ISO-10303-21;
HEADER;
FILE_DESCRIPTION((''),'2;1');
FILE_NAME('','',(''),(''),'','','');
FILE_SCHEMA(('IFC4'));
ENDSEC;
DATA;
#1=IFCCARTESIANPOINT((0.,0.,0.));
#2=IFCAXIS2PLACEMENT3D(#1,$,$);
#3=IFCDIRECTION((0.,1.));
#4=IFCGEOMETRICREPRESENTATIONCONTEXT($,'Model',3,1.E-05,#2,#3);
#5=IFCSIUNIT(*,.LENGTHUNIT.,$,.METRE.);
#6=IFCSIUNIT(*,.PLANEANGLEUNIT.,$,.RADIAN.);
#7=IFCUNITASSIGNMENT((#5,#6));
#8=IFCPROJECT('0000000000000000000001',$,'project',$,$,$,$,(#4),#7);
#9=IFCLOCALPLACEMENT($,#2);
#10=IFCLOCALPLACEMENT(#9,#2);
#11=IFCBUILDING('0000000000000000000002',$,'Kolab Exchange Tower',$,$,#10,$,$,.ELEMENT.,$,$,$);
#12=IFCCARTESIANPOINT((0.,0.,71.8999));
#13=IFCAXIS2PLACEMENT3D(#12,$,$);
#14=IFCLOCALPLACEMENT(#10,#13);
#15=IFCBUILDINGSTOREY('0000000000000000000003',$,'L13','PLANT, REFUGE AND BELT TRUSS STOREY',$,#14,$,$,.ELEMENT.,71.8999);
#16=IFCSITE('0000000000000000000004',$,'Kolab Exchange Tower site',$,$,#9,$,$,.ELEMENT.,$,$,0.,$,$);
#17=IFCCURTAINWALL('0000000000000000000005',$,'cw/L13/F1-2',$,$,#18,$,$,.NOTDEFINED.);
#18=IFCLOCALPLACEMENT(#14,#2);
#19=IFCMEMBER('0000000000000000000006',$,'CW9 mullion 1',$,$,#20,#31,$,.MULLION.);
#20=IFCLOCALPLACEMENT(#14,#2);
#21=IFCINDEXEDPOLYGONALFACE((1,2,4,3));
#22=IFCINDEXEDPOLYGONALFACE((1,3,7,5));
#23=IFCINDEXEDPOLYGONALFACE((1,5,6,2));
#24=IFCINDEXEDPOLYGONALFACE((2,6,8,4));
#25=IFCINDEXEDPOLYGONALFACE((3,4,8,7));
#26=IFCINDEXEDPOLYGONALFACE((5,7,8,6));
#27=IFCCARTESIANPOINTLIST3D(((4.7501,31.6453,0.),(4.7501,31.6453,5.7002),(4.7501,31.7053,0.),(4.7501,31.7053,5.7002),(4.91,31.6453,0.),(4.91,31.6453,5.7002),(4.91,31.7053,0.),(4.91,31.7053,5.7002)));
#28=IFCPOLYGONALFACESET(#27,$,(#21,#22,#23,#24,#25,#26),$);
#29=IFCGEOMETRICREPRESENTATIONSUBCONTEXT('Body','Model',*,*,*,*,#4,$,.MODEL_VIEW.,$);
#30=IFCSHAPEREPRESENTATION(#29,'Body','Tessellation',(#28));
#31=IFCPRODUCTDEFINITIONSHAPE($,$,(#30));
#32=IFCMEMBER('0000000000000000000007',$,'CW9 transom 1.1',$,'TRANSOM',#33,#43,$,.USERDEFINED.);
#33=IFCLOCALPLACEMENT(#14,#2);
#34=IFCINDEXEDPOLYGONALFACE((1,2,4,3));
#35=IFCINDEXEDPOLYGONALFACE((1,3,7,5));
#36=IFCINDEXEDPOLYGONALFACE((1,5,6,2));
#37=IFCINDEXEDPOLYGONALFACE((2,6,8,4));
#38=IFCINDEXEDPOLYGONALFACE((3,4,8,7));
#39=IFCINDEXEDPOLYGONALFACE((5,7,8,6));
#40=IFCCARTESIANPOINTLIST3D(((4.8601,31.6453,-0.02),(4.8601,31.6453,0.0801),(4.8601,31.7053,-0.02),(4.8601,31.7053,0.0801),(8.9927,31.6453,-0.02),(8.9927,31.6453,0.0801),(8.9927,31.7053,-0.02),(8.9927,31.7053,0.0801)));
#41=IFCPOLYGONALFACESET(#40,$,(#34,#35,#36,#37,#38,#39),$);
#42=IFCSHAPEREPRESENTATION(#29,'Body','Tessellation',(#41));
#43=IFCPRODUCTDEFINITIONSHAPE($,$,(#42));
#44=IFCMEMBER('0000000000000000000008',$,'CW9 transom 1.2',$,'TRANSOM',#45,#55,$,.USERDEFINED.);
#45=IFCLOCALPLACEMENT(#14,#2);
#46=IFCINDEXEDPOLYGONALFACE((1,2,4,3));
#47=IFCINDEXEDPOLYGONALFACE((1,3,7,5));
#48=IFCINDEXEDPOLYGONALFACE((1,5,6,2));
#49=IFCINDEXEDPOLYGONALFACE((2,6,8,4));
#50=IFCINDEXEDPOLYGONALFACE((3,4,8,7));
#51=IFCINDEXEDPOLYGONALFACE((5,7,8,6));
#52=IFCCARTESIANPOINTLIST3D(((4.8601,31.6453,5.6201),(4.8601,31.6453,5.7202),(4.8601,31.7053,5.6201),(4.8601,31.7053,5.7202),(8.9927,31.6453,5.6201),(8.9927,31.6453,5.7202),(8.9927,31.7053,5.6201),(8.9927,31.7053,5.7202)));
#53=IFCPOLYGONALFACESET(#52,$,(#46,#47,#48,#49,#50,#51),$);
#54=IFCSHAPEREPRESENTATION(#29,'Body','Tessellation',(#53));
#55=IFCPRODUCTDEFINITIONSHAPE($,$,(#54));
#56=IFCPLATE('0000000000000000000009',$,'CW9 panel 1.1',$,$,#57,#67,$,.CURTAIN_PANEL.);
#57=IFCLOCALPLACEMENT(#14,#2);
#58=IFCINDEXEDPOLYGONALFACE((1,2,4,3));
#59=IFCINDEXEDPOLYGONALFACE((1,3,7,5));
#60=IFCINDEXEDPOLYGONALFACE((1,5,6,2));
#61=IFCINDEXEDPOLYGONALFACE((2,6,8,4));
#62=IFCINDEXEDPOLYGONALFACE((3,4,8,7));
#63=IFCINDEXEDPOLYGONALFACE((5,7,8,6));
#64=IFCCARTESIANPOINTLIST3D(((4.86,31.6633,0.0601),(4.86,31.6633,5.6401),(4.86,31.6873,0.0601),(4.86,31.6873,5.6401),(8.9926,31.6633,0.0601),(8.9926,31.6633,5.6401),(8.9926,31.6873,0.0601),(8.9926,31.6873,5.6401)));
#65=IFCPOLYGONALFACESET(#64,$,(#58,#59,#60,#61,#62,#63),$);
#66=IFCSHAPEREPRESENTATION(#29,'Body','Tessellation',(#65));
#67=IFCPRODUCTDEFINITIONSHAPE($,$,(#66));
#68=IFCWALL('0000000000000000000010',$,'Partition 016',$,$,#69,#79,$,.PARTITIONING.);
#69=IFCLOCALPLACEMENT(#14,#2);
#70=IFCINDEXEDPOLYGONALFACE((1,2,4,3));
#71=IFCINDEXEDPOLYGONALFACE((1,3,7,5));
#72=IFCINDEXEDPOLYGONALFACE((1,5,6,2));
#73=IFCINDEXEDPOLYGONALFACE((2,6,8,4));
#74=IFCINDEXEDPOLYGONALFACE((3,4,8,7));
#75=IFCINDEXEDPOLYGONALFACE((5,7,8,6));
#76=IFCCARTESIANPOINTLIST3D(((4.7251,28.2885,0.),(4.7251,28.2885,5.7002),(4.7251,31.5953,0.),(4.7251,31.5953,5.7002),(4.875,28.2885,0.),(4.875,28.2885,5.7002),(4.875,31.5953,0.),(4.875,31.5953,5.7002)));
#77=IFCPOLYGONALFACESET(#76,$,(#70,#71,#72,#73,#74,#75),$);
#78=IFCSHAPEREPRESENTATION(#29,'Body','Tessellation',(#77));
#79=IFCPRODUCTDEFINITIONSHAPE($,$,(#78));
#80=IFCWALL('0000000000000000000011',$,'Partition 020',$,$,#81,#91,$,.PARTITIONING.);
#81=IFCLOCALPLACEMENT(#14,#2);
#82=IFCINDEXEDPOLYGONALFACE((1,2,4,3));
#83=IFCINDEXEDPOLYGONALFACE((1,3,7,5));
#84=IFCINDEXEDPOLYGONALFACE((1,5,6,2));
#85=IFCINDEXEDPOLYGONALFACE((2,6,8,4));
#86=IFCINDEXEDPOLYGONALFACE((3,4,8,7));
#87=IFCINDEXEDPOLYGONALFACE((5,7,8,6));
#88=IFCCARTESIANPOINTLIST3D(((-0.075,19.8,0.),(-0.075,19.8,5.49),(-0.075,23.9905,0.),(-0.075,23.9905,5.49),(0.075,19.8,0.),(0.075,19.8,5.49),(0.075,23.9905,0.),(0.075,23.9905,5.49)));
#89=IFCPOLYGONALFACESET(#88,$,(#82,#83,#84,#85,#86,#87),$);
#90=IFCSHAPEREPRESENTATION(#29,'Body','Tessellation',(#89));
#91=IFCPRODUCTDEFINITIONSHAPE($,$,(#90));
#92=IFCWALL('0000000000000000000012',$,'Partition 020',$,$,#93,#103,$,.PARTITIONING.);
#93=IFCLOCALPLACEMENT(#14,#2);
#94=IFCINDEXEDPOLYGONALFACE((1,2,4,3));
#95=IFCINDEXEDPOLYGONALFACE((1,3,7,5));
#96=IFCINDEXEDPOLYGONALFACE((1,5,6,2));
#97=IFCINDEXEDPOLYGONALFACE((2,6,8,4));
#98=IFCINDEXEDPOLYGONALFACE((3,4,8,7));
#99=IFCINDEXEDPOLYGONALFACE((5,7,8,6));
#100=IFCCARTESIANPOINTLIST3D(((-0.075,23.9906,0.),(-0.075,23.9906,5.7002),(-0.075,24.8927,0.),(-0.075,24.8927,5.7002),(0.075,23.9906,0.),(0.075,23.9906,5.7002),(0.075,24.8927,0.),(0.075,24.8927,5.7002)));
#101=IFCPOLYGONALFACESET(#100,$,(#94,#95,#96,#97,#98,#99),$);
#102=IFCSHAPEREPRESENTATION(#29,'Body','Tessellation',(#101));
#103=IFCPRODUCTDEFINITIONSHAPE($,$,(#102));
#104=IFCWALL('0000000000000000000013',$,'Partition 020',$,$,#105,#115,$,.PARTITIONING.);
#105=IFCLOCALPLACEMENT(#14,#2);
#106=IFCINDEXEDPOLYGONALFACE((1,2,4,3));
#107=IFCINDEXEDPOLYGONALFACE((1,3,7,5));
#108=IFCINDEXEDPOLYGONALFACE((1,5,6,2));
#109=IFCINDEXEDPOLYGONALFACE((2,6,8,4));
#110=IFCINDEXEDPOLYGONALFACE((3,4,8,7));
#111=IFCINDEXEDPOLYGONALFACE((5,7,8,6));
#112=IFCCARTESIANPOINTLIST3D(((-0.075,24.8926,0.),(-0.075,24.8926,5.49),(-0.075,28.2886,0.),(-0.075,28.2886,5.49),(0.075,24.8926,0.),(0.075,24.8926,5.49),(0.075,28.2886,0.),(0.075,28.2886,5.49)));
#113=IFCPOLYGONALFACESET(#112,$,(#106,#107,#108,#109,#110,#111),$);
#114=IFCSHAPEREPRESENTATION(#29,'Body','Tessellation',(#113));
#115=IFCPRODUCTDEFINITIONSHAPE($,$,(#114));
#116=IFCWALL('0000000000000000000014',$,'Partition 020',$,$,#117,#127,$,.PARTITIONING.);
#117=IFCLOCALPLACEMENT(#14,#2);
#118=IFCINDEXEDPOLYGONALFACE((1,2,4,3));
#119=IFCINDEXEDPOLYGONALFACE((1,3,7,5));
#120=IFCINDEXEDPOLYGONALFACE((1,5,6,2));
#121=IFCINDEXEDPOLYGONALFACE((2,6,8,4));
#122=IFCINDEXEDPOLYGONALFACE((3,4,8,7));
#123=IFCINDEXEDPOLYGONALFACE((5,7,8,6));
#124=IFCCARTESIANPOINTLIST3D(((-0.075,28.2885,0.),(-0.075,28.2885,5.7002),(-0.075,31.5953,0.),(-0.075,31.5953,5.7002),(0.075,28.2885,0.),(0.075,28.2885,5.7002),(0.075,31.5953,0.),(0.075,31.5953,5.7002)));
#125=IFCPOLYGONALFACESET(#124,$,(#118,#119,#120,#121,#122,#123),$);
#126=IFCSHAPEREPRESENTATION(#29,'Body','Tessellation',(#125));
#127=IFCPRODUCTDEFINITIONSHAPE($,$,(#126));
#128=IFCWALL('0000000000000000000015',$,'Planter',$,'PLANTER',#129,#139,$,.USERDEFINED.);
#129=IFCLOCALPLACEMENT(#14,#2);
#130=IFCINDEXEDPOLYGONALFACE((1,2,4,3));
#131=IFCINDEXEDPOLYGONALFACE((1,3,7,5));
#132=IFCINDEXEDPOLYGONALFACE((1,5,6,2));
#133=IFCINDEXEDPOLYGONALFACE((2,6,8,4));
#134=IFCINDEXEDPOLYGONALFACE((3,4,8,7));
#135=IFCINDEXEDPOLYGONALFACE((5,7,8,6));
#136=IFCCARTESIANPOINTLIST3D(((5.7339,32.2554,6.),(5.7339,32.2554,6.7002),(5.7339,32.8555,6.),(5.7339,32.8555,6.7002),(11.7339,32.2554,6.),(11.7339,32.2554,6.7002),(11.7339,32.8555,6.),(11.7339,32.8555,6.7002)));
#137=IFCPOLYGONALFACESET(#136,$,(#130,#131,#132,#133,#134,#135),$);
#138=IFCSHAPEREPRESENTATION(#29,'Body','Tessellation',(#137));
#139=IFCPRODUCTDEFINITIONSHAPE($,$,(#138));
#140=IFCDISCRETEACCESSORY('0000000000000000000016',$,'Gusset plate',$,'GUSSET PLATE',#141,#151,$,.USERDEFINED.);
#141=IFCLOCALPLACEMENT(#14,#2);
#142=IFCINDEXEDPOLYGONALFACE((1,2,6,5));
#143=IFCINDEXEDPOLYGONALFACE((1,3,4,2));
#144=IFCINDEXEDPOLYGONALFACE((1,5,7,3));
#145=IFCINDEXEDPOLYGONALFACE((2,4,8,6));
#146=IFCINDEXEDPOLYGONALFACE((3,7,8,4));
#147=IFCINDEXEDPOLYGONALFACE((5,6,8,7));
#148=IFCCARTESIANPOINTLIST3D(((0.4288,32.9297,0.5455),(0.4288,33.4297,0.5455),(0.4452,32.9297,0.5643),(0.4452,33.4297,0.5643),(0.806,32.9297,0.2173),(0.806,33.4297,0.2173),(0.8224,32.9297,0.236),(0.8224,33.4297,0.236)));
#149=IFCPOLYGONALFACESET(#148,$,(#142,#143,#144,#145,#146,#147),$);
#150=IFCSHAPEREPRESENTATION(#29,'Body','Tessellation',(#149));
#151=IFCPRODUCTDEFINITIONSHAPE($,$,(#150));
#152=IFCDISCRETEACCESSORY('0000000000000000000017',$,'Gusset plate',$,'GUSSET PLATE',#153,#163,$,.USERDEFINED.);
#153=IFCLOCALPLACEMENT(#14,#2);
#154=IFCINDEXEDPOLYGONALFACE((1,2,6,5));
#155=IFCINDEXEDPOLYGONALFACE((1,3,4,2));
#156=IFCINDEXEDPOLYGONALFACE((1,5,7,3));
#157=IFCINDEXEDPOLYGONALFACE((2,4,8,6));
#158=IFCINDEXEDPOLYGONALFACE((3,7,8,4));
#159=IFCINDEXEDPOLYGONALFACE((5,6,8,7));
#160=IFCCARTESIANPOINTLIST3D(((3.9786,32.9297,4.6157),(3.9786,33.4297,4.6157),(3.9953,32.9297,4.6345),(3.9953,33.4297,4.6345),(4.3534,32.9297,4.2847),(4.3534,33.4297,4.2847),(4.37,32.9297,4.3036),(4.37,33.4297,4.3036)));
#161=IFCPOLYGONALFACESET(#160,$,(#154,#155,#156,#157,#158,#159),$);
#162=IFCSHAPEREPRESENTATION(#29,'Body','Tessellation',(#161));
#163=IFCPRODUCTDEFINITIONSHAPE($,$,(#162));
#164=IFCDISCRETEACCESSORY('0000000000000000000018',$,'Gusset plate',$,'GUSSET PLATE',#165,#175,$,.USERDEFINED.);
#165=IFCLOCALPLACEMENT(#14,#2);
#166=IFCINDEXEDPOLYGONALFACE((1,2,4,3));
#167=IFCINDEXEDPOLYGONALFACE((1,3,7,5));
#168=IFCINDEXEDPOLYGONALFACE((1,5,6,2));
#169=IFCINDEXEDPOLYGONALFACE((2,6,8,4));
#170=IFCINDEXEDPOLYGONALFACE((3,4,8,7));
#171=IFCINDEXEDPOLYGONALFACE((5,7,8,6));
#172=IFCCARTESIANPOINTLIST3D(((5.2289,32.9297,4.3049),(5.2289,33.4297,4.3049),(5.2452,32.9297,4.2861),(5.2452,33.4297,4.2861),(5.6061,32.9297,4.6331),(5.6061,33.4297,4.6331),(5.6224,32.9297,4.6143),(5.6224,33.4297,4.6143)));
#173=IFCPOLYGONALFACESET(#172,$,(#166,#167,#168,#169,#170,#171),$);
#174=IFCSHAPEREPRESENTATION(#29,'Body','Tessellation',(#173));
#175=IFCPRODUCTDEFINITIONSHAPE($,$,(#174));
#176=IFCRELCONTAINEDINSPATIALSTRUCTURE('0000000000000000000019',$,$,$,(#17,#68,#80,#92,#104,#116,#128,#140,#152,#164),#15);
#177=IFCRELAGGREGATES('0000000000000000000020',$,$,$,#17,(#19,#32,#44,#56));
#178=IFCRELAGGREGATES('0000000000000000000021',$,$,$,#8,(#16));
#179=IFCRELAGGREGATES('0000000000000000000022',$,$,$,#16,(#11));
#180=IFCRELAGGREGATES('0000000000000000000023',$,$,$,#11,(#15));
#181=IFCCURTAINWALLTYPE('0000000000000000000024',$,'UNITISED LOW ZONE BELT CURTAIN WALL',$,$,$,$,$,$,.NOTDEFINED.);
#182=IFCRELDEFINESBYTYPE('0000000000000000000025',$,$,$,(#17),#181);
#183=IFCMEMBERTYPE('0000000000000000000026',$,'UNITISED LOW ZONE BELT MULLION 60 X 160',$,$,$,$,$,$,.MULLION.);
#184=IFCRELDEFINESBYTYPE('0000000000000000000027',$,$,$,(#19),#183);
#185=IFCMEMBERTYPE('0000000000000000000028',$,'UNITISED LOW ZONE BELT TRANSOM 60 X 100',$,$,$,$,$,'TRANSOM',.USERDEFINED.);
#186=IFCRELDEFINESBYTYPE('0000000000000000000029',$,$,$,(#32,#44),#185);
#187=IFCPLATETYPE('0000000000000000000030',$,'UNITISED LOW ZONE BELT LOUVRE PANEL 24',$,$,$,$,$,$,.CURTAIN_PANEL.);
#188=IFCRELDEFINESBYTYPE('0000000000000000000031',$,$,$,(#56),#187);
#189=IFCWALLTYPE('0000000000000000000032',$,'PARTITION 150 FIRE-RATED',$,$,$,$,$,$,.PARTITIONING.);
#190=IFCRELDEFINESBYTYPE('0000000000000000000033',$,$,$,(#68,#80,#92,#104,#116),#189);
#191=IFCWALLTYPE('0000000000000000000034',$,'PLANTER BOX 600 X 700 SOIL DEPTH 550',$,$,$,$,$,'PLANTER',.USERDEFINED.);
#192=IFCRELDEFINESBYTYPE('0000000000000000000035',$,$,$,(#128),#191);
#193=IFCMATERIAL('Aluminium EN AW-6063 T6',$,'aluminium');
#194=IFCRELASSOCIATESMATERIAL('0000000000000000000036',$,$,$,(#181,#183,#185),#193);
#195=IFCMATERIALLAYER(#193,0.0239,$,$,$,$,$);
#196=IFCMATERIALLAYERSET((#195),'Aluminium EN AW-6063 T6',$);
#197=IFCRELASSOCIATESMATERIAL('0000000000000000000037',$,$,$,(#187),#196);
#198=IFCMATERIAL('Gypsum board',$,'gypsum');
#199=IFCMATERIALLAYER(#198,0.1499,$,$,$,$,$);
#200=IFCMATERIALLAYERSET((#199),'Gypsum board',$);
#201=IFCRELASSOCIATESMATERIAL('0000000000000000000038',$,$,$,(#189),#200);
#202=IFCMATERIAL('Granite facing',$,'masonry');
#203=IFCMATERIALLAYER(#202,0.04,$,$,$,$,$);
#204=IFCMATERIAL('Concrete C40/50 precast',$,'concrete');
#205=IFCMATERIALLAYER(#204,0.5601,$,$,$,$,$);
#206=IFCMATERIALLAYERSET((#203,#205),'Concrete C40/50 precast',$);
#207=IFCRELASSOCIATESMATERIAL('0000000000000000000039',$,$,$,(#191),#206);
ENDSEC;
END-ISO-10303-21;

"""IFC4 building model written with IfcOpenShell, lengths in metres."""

from ifc_helpers import new_model, si_unit, direction, frame, frame_2d, origin, origin_2d, place, context, subcontext, project, spatial, rectangle, extrude, material, layer, layer_set, material_profile, profile_set, type_object, element, aggregate, save


model = new_model("IFC4")

# Units and contexts
model_context = context("Model", 3, precision=1e-05, world=origin(), true_north=direction((0.0, 1.0)))
body_context = subcontext(model_context, "Body", "Model", "MODEL_VIEW")
ifc_project = project(units=[si_unit("LENGTHUNIT", "METRE"), si_unit("PLANEANGLEUNIT", "RADIAN")], contexts=[model_context])

# Site, building, storey
site_placement = place(None, origin())
site = spatial("IfcSite", under=ifc_project, at=site_placement, Name="Kolab Exchange Tower site", CompositionType="ELEMENT", RefElevation=0.0)
building_placement = place(site_placement, origin())
building = spatial("IfcBuilding", under=site, at=building_placement, Name="Kolab Exchange Tower", CompositionType="ELEMENT")
storey_placement = place(building_placement, frame((0.0, 0.0, 71.8999)))
storey = spatial("IfcBuildingStorey", under=building, at=storey_placement, Name="L13", Description="PLANT, REFUGE AND BELT TRUSS STOREY", CompositionType="ELEMENT", Elevation=71.8999)

# Curtain wall, members, plate
ifc_material_1 = material(Name="Aluminium EN AW-6063 T6", Category="aluminium")
curtain_wall_type = type_object("IfcCurtainWallType", Name="UNITISED LOW ZONE BELT CURTAIN WALL", PredefinedType="NOTDEFINED", material=ifc_material_1)
curtain_wall_placement = place(storey_placement, origin())
curtain_wall = element("IfcCurtainWall", 1, at=curtain_wall_placement, inside=storey, type_object=curtain_wall_type, Name="cw/L13/F1-2", PredefinedType="NOTDEFINED")
ifc_material_profile_1 = material_profile(ifc_material_1, rectangle(XDim=0.0601, YDim=0.1599, at=origin_2d()), Name="RECT 60X160")
ifc_profile_set_1 = profile_set([ifc_material_profile_1], Name="Aluminium EN AW-6063 T6")
member_type_1 = type_object("IfcMemberType", Name="UNITISED LOW ZONE BELT MULLION 60 X 160", PredefinedType="MULLION", material=ifc_profile_set_1)
member_1_placement = place(storey_placement, frame((4.8301, 31.6753, 0.0), z_axis=(0.0, 0.0, 1.0), x_axis=(0.0, 1.0, 0.0)))
member_1 = element("IfcMember", 2, at=member_1_placement, type_object=member_type_1, Name="CW9 mullion 1", PredefinedType="MULLION", context=body_context, shape_type="SweptSolid", body=[
    extrude(rectangle(XDim=0.0601, YDim=0.1599, at=origin_2d()), origin(), (0.0, 0.0, 1.0), 5.7002),
])
ifc_material_profile_2 = material_profile(ifc_material_1, rectangle(XDim=0.0601, YDim=0.1001, at=origin_2d()), Name="RECT 60X100")
ifc_profile_set_2 = profile_set([ifc_material_profile_2], Name="Aluminium EN AW-6063 T6")
member_type_2 = type_object("IfcMemberType", Name="UNITISED LOW ZONE BELT TRANSOM 60 X 100", ElementType="TRANSOM", PredefinedType="USERDEFINED", material=ifc_profile_set_2)
member_2_placement = place(storey_placement, frame((4.8601, 31.6753, 0.03), z_axis=(1.0, 0.0, 0.0), x_axis=(0.0, 1.0, 0.0)))
member_2 = element("IfcMember", 3, at=member_2_placement, type_object=member_type_2, Name="CW9 transom 1.1", ObjectType="TRANSOM", PredefinedType="USERDEFINED", context=body_context, shape_type="SweptSolid", body=[
    extrude(rectangle(XDim=0.0601, YDim=0.1001, at=origin_2d()), origin(), (0.0, 0.0, 1.0), 4.1326),
])
member_3_placement = place(storey_placement, frame((4.8601, 31.6753, 5.6702), z_axis=(1.0, 0.0, 0.0), x_axis=(0.0, 1.0, 0.0)))
member_3 = element("IfcMember", 4, at=member_3_placement, type_object=member_type_2, Name="CW9 transom 1.2", ObjectType="TRANSOM", PredefinedType="USERDEFINED", context=body_context, shape_type="SweptSolid", body=[
    extrude(rectangle(XDim=0.0601, YDim=0.1001, at=origin_2d()), origin(), (0.0, 0.0, 1.0), 4.1326),
])
ifc_layer_1 = layer(ifc_material_1, 0.0239)
ifc_layer_set_1 = layer_set([ifc_layer_1], Name="Aluminium EN AW-6063 T6")
plate_type = type_object("IfcPlateType", Name="UNITISED LOW ZONE BELT LOUVRE PANEL 24", PredefinedType="CURTAIN_PANEL", material=ifc_layer_set_1)
plate_placement = place(storey_placement, frame((6.9263, 31.6753, 0.0601), z_axis=(0.0, 0.0, 1.0), x_axis=(1.0, 0.0, 0.0)))
plate = element("IfcPlate", 5, at=plate_placement, type_object=plate_type, Name="CW9 panel 1.1", PredefinedType="CURTAIN_PANEL", context=body_context, shape_type="SweptSolid", body=[
    extrude(rectangle(XDim=4.1326, YDim=0.0239, at=origin_2d()), origin(), (0.0, 0.0, 1.0), 5.5801),
])
aggregate(curtain_wall, [member_1, member_2, member_3, plate])

# Walls
ifc_material_2 = material(Name="Gypsum board", Category="gypsum")
ifc_layer_2 = layer(ifc_material_2, 0.1499)
ifc_layer_set_2 = layer_set([ifc_layer_2], Name="Gypsum board")
wall_type_1 = type_object("IfcWallType", Name="PARTITION 150 FIRE-RATED", PredefinedType="PARTITIONING", material=ifc_layer_set_2)
wall_1_placement = place(storey_placement, frame((4.8, 28.2886, 0.0), z_axis=(0.0, 0.0, 1.0), x_axis=(0.0, 1.0, 0.0)))
element("IfcWall", 6, at=wall_1_placement, inside=storey, type_object=wall_type_1, Name="Partition 016", PredefinedType="PARTITIONING", context=body_context, shape_type="SweptSolid", body=[
    extrude(rectangle(XDim=3.3069, YDim=0.1499, at=frame_2d((1.6533, 0.0))), origin(), (0.0, 0.0, 1.0), 5.7002),
])
wall_2_placement = place(storey_placement, frame((0.0, 19.8, 0.0), z_axis=(0.0, 0.0, 1.0), x_axis=(0.0, 1.0, 0.0)))
element("IfcWall", 7, at=wall_2_placement, inside=storey, type_object=wall_type_1, Name="Partition 020", PredefinedType="PARTITIONING", context=body_context, shape_type="SweptSolid", body=[
    extrude(rectangle(XDim=4.1904, YDim=0.1499, at=frame_2d((2.0952, 0.0))), origin(), (0.0, 0.0, 1.0), 5.49),
])
wall_3_placement = place(storey_placement, frame((0.0, 23.9905, 0.0), z_axis=(0.0, 0.0, 1.0), x_axis=(0.0, 1.0, 0.0)))
element("IfcWall", 8, at=wall_3_placement, inside=storey, type_object=wall_type_1, Name="Partition 020", PredefinedType="PARTITIONING", context=body_context, shape_type="SweptSolid", body=[
    extrude(rectangle(XDim=0.9021, YDim=0.1499, at=frame_2d((0.4512, 0.0))), origin(), (0.0, 0.0, 1.0), 5.7002),
])
wall_4_placement = place(storey_placement, frame((0.0, 24.8926, 0.0), z_axis=(0.0, 0.0, 1.0), x_axis=(0.0, 1.0, 0.0)))
element("IfcWall", 9, at=wall_4_placement, inside=storey, type_object=wall_type_1, Name="Partition 020", PredefinedType="PARTITIONING", context=body_context, shape_type="SweptSolid", body=[
    extrude(rectangle(XDim=3.396, YDim=0.1499, at=frame_2d((1.698, 0.0))), origin(), (0.0, 0.0, 1.0), 5.49),
])
wall_5_placement = place(storey_placement, frame((0.0, 28.2886, 0.0), z_axis=(0.0, 0.0, 1.0), x_axis=(0.0, 1.0, 0.0)))
element("IfcWall", 10, at=wall_5_placement, inside=storey, type_object=wall_type_1, Name="Partition 020", PredefinedType="PARTITIONING", context=body_context, shape_type="SweptSolid", body=[
    extrude(rectangle(XDim=3.3069, YDim=0.1499, at=frame_2d((1.6533, 0.0))), origin(), (0.0, 0.0, 1.0), 5.7002),
])
ifc_material_3 = material(Name="Granite facing", Category="masonry")
ifc_layer_3 = layer(ifc_material_3, 0.04)
ifc_material_4 = material(Name="Concrete C40/50 precast", Category="concrete")
ifc_layer_4 = layer(ifc_material_4, 0.5601)
ifc_layer_set_3 = layer_set([ifc_layer_3, ifc_layer_4], Name="Concrete C40/50 precast")
wall_type_2 = type_object("IfcWallType", Name="PLANTER BOX 600 X 700 SOIL DEPTH 550", ElementType="PLANTER", PredefinedType="USERDEFINED", material=ifc_layer_set_3)
wall_6_placement = place(storey_placement, frame((5.7339, 32.5554, 6.0), z_axis=(0.0, 0.0, 1.0), x_axis=(1.0, 0.0, 0.0)))
element("IfcWall", 11, at=wall_6_placement, inside=storey, type_object=wall_type_2, Name="Planter", ObjectType="PLANTER", PredefinedType="USERDEFINED", context=body_context, shape_type="SweptSolid", body=[
    extrude(rectangle(XDim=6.0, YDim=0.6001, at=frame_2d((3.0, 0.0))), origin(), (0.0, 0.0, 1.0), 0.7002),
])

# Discrete accessories
discrete_accessory_1_placement = place(storey_placement, frame((0.6338, 33.1797, 0.4001), z_axis=(-0.656421, 0.0, -0.754395), x_axis=(0.0, -1.0, 0.0)))
element("IfcDiscreteAccessory", 12, at=discrete_accessory_1_placement, inside=storey, Name="Gusset plate", ObjectType="GUSSET PLATE", PredefinedType="USERDEFINED", context=body_context, shape_type="SweptSolid", body=[
    extrude(rectangle(XDim=0.5, YDim=0.5, at=origin_2d()), origin(), (0.0, 0.0, 1.0), 0.0249),
])
discrete_accessory_2_placement = place(storey_placement, frame((4.166, 33.1797, 4.4502), z_axis=(0.661944, 0.0, 0.749554), x_axis=(0.0, 1.0, 0.0)))
element("IfcDiscreteAccessory", 13, at=discrete_accessory_2_placement, inside=storey, Name="Gusset plate", ObjectType="GUSSET PLATE", PredefinedType="USERDEFINED", context=body_context, shape_type="SweptSolid", body=[
    extrude(rectangle(XDim=0.5, YDim=0.5, at=origin_2d()), origin(), (0.0, 0.0, 1.0), 0.0251),
])
discrete_accessory_3_placement = place(storey_placement, frame((5.4338, 33.1797, 4.4502), z_axis=(-0.656421, 0.0, 0.754395), x_axis=(0.0, -1.0, 0.0)))
element("IfcDiscreteAccessory", 14, at=discrete_accessory_3_placement, inside=storey, Name="Gusset plate", ObjectType="GUSSET PLATE", PredefinedType="USERDEFINED", context=body_context, shape_type="SweptSolid", body=[
    extrude(rectangle(XDim=0.5, YDim=0.5, at=origin_2d()), origin(), (0.0, 0.0, 1.0), 0.0249),
])

save(model, "model.ifc")
